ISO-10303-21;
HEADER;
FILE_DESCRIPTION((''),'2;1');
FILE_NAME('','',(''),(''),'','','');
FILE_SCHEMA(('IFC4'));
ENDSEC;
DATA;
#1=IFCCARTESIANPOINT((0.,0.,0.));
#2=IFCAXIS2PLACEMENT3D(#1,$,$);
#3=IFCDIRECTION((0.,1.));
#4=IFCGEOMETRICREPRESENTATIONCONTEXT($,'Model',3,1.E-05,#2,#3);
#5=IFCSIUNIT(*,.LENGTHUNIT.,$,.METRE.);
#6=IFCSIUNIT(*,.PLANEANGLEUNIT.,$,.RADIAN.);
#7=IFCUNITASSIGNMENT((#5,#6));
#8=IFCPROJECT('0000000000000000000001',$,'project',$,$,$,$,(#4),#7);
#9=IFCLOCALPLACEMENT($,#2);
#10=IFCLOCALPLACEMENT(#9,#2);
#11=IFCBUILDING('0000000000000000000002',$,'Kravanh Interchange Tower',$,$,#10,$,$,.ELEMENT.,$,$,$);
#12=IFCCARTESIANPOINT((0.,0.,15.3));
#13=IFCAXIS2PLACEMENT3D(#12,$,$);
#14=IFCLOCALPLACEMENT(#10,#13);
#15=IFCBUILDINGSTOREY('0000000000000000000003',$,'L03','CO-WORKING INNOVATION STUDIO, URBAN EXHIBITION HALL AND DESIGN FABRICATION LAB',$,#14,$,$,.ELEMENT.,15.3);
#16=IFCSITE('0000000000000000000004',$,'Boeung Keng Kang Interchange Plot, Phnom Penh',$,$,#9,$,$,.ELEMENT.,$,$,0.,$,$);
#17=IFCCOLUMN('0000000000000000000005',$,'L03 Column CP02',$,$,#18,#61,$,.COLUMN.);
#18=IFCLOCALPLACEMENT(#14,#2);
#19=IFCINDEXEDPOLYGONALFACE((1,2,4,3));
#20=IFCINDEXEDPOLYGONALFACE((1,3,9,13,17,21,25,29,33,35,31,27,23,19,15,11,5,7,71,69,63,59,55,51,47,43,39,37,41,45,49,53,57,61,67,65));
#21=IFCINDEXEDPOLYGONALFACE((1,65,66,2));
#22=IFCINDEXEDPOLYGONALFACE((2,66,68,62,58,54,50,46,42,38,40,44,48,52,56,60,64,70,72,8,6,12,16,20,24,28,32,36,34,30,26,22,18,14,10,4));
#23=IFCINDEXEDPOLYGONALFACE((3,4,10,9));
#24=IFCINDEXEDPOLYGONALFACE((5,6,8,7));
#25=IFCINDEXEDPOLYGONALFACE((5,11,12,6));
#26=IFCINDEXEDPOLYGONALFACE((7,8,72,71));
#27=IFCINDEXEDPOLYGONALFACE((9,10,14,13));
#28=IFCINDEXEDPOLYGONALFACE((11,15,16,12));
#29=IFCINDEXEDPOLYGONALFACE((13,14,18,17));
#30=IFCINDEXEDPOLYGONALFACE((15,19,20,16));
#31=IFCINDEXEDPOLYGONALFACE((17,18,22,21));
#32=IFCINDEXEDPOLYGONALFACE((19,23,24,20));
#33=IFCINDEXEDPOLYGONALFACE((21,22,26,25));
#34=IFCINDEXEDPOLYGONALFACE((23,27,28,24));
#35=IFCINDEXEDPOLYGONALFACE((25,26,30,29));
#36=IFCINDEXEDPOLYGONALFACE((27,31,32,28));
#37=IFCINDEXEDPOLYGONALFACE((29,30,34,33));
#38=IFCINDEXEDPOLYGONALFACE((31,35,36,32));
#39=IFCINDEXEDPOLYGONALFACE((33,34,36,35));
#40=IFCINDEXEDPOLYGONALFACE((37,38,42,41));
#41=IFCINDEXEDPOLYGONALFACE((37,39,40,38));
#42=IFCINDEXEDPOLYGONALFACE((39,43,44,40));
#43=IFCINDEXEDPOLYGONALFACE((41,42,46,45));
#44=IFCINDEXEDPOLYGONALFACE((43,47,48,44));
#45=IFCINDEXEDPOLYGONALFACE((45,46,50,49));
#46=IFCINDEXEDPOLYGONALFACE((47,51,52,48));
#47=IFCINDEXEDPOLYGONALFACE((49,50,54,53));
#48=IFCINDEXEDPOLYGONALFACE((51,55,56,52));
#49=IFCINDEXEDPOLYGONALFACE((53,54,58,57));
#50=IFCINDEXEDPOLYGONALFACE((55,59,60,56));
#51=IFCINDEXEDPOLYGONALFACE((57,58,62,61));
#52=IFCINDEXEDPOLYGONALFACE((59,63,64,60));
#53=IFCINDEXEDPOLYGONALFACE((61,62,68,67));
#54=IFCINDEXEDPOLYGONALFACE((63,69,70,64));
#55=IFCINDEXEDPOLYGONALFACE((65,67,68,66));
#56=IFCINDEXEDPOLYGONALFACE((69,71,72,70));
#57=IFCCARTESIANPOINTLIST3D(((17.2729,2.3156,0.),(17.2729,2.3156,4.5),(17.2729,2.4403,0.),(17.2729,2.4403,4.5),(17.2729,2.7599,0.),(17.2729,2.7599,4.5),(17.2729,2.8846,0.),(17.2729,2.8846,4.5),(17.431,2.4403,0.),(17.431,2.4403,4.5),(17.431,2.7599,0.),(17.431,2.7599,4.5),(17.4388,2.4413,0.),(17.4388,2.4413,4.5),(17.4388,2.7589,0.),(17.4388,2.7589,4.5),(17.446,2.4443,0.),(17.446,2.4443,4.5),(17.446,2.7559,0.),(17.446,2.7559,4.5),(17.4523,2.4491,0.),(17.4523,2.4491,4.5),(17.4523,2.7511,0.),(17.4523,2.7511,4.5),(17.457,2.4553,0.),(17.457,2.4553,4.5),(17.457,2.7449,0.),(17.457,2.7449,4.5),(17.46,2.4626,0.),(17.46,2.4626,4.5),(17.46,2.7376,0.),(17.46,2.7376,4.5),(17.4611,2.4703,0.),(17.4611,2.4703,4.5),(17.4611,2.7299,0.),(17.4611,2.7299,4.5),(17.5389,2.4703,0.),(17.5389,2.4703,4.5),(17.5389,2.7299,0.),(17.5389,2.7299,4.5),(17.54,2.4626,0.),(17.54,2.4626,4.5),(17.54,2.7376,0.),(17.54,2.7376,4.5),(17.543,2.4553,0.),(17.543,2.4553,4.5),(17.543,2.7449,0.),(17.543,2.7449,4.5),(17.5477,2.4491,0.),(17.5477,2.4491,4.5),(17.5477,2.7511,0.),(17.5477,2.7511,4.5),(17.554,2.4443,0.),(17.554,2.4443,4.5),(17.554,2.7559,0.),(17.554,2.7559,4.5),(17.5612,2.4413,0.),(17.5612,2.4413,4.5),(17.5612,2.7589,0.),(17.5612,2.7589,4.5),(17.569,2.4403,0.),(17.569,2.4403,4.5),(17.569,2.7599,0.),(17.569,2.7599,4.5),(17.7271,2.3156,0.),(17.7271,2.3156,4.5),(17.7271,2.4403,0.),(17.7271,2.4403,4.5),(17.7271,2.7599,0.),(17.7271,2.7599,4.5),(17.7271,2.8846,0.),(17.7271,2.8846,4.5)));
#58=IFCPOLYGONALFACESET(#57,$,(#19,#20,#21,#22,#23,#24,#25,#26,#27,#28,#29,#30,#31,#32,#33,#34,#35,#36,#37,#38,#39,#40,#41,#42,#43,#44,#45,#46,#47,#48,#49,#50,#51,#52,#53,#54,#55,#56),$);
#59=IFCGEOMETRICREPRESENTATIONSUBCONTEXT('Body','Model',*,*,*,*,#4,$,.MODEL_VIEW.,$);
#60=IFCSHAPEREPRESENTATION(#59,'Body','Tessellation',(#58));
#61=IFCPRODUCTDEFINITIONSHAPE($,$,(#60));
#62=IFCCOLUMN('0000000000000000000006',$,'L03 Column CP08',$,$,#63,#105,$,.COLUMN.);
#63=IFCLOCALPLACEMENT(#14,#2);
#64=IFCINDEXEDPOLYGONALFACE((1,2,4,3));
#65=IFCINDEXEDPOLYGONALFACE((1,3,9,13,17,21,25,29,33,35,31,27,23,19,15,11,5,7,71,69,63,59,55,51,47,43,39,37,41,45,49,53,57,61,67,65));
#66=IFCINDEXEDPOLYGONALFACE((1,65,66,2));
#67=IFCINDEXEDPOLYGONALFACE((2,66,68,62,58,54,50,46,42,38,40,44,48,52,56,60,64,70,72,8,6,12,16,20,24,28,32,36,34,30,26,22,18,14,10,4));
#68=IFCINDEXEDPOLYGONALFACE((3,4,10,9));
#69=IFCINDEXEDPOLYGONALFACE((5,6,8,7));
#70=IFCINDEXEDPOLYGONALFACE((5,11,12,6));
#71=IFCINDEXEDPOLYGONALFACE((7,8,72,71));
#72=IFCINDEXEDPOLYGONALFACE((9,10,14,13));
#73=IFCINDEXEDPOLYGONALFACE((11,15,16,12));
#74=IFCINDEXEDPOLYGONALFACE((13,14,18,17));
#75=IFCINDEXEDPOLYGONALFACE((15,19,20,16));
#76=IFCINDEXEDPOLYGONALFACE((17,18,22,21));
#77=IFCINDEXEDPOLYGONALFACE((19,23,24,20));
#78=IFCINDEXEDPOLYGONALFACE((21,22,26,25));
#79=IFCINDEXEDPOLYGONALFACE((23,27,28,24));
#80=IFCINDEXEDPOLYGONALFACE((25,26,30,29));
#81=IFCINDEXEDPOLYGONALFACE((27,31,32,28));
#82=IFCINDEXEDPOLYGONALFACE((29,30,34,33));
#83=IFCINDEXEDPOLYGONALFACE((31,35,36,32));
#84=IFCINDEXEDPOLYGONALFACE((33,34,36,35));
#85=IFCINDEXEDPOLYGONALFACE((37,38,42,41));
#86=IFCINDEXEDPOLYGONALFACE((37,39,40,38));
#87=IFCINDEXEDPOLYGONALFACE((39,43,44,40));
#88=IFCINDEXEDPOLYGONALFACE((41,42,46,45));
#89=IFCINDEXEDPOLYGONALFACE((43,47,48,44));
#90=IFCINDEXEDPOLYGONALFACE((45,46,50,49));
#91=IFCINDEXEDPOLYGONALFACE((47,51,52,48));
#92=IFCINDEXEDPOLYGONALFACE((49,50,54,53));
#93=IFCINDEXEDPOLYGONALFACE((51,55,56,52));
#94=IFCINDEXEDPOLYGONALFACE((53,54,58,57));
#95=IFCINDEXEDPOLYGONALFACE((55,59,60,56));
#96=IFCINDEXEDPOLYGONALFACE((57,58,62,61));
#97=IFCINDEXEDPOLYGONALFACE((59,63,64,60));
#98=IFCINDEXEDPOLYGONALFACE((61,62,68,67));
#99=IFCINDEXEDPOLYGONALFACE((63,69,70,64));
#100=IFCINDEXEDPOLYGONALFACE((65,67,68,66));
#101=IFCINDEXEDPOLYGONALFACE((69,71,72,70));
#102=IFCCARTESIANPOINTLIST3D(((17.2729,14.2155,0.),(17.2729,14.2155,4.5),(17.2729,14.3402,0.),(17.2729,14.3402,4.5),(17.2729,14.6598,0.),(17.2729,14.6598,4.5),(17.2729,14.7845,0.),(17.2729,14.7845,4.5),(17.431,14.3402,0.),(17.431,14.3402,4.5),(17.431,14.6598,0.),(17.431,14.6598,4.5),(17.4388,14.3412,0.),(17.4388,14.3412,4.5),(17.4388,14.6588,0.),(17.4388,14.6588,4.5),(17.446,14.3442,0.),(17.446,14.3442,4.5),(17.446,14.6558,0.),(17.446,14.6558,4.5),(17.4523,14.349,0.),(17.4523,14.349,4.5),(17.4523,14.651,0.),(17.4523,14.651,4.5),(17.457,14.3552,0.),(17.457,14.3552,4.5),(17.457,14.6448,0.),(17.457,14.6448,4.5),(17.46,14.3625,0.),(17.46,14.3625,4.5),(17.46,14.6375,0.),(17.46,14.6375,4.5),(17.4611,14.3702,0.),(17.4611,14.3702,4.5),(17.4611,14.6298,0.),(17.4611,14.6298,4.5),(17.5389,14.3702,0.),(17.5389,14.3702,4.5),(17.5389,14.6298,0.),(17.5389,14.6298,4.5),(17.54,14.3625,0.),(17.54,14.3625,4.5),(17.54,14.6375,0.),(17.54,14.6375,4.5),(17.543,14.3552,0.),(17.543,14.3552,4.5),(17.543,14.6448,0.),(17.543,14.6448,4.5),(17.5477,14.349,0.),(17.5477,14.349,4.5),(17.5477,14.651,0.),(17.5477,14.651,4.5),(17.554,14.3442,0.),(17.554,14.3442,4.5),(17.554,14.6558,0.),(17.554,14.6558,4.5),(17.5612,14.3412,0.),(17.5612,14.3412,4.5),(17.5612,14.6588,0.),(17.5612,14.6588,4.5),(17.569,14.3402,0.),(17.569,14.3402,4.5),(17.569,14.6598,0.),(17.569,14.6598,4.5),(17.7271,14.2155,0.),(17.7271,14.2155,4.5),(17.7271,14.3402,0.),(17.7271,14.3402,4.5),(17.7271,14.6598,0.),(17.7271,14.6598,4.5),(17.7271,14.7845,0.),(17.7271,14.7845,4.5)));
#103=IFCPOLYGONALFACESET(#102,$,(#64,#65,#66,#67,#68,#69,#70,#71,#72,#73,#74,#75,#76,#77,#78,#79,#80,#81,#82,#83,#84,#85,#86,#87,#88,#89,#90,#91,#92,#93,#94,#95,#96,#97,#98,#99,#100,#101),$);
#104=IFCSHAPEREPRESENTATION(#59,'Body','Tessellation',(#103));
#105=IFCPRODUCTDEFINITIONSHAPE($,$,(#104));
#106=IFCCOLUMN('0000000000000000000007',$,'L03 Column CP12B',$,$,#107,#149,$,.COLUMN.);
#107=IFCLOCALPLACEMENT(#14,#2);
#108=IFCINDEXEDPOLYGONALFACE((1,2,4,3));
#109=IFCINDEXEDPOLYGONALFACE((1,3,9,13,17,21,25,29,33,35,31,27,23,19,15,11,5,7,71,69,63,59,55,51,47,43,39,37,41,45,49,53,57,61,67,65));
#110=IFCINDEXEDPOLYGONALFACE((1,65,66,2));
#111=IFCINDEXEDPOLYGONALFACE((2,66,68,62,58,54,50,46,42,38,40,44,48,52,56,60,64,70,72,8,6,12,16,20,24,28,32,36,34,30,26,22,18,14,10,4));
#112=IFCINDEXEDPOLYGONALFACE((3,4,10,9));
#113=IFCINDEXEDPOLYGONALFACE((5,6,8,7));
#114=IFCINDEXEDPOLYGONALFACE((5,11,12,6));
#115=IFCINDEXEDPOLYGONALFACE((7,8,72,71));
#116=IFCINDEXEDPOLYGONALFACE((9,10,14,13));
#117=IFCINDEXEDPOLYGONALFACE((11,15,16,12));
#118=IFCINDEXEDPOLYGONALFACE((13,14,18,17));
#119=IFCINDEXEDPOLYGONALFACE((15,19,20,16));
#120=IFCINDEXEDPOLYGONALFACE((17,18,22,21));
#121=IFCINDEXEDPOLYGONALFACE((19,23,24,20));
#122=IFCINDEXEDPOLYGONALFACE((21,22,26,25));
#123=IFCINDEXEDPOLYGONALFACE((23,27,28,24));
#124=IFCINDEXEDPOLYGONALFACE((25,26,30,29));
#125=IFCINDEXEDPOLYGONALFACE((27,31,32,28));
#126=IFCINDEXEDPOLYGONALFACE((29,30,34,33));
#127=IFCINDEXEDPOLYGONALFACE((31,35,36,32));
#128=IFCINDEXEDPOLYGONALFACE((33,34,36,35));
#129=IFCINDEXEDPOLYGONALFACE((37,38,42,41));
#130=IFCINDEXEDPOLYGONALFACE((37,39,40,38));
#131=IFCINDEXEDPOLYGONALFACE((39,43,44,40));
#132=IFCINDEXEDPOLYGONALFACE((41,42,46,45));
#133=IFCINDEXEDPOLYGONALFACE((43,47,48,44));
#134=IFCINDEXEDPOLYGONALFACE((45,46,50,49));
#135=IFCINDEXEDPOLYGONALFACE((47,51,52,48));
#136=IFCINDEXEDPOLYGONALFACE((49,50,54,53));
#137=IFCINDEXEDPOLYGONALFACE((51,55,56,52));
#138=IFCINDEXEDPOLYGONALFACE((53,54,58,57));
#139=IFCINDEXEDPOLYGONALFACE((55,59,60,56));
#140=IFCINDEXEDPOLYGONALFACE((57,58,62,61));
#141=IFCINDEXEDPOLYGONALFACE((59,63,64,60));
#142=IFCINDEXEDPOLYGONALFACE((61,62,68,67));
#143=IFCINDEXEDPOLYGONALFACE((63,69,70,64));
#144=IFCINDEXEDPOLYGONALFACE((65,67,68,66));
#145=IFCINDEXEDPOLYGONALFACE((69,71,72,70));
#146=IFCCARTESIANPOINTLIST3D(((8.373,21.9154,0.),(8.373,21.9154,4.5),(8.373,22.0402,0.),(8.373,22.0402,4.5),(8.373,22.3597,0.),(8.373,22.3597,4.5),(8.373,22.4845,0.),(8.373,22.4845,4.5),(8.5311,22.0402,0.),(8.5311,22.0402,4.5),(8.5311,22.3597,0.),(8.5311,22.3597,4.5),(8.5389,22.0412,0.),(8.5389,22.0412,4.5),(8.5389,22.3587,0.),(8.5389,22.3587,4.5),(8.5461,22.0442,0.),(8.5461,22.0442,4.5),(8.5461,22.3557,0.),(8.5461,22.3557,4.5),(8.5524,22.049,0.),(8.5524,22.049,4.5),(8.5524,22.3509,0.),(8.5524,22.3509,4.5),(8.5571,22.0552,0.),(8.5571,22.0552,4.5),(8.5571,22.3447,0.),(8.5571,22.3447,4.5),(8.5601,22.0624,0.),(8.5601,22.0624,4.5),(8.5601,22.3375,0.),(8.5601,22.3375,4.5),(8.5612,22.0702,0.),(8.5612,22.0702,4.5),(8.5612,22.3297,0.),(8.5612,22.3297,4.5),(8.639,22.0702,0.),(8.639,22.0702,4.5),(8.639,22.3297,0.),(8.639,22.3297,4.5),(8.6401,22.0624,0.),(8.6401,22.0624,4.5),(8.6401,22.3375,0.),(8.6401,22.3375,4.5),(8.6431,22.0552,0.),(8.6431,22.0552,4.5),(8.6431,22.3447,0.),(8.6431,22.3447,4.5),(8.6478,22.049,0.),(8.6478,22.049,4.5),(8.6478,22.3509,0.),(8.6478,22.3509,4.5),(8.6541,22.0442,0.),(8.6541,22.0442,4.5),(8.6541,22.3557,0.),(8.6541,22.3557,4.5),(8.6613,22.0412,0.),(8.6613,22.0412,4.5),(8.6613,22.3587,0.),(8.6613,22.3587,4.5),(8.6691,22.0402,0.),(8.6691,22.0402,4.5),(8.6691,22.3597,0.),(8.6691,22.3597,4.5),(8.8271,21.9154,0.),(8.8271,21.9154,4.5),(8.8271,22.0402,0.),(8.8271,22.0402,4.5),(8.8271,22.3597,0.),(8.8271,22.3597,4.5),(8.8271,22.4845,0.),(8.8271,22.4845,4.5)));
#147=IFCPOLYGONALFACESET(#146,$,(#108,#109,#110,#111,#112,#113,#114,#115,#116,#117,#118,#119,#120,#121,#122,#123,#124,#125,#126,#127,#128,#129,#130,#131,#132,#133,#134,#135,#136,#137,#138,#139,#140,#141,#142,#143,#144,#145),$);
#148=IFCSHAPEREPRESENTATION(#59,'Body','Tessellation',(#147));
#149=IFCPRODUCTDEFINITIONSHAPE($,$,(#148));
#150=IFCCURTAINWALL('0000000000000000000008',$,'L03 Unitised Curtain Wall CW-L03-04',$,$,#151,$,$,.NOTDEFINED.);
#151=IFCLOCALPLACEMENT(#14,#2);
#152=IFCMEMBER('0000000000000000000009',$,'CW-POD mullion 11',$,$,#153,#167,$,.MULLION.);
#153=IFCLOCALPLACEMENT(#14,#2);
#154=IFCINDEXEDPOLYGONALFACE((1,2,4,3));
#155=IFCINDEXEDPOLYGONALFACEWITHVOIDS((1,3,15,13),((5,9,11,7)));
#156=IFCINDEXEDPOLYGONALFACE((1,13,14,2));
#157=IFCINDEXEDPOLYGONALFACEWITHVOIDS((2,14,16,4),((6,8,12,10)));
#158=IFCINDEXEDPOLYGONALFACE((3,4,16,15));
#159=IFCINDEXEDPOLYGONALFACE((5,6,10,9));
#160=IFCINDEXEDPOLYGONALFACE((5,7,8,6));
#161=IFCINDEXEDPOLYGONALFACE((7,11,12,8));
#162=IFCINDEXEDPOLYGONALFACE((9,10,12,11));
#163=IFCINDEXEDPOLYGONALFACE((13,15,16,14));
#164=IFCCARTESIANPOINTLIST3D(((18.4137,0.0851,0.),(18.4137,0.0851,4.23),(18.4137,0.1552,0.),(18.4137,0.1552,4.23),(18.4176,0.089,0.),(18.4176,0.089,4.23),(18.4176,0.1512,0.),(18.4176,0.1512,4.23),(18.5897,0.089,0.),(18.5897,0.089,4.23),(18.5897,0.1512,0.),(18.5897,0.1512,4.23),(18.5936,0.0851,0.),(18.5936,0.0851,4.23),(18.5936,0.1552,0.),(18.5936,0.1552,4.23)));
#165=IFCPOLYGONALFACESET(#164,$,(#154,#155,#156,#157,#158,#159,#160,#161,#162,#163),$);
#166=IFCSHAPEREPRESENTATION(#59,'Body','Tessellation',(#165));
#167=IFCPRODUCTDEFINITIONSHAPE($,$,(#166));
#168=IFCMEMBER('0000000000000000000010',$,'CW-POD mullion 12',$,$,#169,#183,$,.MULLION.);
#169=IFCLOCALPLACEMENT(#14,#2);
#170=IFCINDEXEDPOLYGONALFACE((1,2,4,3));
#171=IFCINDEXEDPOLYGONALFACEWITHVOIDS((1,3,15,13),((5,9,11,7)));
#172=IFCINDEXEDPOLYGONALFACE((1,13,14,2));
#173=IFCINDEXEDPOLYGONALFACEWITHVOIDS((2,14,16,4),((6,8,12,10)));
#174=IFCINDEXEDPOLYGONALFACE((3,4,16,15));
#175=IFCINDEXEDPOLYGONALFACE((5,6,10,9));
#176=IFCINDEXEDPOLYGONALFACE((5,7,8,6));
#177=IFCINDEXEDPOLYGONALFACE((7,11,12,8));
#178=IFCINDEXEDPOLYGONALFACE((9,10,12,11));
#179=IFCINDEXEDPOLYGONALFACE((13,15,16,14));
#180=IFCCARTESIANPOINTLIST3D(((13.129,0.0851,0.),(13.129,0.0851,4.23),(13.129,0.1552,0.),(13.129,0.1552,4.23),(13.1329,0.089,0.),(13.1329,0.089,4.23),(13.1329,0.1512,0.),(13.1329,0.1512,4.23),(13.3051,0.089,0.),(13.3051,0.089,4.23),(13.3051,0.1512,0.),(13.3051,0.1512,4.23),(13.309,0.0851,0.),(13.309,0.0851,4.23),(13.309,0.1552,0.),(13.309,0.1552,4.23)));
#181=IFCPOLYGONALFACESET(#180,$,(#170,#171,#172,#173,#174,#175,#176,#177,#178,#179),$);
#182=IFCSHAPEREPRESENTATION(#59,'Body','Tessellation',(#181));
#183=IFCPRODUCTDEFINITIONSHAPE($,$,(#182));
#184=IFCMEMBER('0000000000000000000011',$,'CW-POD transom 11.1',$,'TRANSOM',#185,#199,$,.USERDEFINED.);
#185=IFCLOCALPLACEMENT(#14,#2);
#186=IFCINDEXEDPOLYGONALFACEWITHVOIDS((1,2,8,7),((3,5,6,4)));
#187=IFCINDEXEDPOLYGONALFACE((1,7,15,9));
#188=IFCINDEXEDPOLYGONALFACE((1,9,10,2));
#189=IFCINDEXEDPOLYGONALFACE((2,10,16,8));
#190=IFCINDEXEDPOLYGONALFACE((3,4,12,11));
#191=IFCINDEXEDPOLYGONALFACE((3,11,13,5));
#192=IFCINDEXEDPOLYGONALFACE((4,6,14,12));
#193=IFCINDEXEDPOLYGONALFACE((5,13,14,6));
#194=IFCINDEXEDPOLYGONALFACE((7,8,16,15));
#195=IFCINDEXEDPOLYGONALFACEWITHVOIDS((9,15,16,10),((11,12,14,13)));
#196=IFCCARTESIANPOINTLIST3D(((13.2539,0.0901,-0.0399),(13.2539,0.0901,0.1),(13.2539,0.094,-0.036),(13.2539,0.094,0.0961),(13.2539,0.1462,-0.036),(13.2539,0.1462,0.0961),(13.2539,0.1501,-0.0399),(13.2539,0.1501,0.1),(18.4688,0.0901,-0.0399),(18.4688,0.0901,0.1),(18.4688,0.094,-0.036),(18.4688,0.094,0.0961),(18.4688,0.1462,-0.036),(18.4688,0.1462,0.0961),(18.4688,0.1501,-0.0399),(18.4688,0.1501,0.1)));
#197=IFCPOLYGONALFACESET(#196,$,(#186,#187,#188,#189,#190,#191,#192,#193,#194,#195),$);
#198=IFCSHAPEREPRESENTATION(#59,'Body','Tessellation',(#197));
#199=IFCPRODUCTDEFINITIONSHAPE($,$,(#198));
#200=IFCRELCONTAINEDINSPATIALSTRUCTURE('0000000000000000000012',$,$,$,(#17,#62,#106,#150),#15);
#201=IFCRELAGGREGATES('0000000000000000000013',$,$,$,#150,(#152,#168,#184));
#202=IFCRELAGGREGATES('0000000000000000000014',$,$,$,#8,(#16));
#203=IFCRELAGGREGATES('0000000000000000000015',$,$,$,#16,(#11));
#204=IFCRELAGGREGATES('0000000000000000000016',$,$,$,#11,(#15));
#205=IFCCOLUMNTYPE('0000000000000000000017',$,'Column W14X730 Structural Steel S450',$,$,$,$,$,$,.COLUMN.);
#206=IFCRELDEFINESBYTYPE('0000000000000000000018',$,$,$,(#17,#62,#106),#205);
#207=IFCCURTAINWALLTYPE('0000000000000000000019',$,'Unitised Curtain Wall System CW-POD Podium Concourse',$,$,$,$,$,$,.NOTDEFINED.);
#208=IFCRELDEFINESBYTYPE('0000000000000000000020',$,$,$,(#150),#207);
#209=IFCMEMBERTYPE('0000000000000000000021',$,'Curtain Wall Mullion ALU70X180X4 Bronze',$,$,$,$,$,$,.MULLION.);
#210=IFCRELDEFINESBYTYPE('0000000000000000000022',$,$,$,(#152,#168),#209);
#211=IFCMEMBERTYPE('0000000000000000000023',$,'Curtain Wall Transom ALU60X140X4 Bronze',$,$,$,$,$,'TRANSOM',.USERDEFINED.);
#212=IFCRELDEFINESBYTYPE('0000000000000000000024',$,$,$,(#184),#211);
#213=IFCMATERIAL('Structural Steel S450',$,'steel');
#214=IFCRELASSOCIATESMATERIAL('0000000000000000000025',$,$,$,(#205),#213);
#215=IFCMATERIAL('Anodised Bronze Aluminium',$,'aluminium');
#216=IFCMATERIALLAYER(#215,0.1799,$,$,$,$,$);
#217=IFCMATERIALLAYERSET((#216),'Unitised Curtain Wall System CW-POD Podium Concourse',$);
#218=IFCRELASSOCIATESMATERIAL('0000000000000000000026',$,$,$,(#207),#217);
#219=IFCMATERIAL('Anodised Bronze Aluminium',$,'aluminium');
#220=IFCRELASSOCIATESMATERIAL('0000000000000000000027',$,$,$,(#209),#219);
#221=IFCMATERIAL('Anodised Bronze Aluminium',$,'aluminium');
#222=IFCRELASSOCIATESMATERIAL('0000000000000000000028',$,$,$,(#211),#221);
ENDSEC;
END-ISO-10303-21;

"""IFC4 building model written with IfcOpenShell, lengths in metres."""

from ifc_helpers import new_model, si_unit, direction, frame, origin, origin_2d, place, context, subcontext, project, spatial, hollow_rectangle, i_section, extrude, material, layer, layer_set, material_profile, profile_set, type_object, element, aggregate, save


model = new_model("IFC4")

# Units and contexts
model_context = context("Model", 3, precision=1e-05, world=origin(), true_north=direction((0.0, 1.0)))
body_context = subcontext(model_context, "Body", "Model", "MODEL_VIEW")
ifc_project = project(units=[si_unit("LENGTHUNIT", "METRE"), si_unit("PLANEANGLEUNIT", "RADIAN")], contexts=[model_context])

# Site, building, storey
site_placement = place(None, origin())
site = spatial("IfcSite", under=ifc_project, at=site_placement, Name="Boeung Keng Kang Interchange Plot, Phnom Penh", CompositionType="ELEMENT", RefElevation=0.0)
building_placement = place(site_placement, origin())
building = spatial("IfcBuilding", under=site, at=building_placement, Name="Kravanh Interchange Tower", CompositionType="ELEMENT")
storey_placement = place(building_placement, frame((0.0, 0.0, 15.3)))
storey = spatial("IfcBuildingStorey", under=building, at=storey_placement, Name="L03", Description="CO-WORKING INNOVATION STUDIO, URBAN EXHIBITION HALL AND DESIGN FABRICATION LAB", CompositionType="ELEMENT", Elevation=15.3)

# Columns
ifc_material_1 = material(Name="Structural Steel S450", Category="steel")
ifc_material_profile_1 = material_profile(ifc_material_1, i_section(OverallWidth=0.4541, OverallDepth=0.5691, WebThickness=0.0779, FlangeThickness=0.1248, FilletRadius=0.03, at=origin_2d()), Name="W14X730")
ifc_profile_set_1 = profile_set([ifc_material_profile_1], Name="Structural Steel S450")
column_type = type_object("IfcColumnType", Name="Column W14X730 Structural Steel S450", PredefinedType="COLUMN", material=ifc_profile_set_1)
for number, where, z_axis, x_axis, name in (
    (1, (17.5, 2.6001, 0.0), (0.0, 0.0, 1.0), (1.0, 0.0, 0.0), "L03 Column CP02"),
    (2, (17.5, 14.5, 0.0), (0.0, 0.0, 1.0), (1.0, 0.0, 0.0), "L03 Column CP08"),
    (3, (8.6001, 22.2, 0.0), (0.0, 0.0, 1.0), (1.0, 0.0, 0.0), "L03 Column CP12B"),
):
    element("IfcColumn", number, at=place(storey_placement, frame(where, z_axis=z_axis, x_axis=x_axis)), inside=storey, type_object=column_type, Name=name, PredefinedType="COLUMN", context=body_context, shape_type="SweptSolid", body=[
        extrude(i_section(OverallWidth=0.4541, OverallDepth=0.5691, WebThickness=0.0779, FlangeThickness=0.1248, FilletRadius=0.03, at=origin_2d()), origin(), (0.0, 0.0, 1.0), 4.5),
    ])

# Curtain wall, members
ifc_material_2 = material(Name="Anodised Bronze Aluminium", Category="aluminium")
ifc_layer_1 = layer(ifc_material_2, 0.1799)
ifc_layer_set_1 = layer_set([ifc_layer_1], Name="Unitised Curtain Wall System CW-POD Podium Concourse")
curtain_wall_type = type_object("IfcCurtainWallType", Name="Unitised Curtain Wall System CW-POD Podium Concourse", PredefinedType="NOTDEFINED", material=ifc_layer_set_1)
curtain_wall_placement = place(storey_placement, origin())
curtain_wall = element("IfcCurtainWall", 4, at=curtain_wall_placement, inside=storey, type_object=curtain_wall_type, Name="L03 Unitised Curtain Wall CW-L03-04", PredefinedType="NOTDEFINED")
ifc_material_3 = material(Name="Anodised Bronze Aluminium", Category="aluminium")
ifc_material_profile_2 = material_profile(ifc_material_3, hollow_rectangle(XDim=0.0701, YDim=0.1799, WallThickness=0.0039, at=origin_2d()), Name="ALU70X180X4")
ifc_profile_set_2 = profile_set([ifc_material_profile_2], Name="Anodised Bronze Aluminium")
member_type_1 = type_object("IfcMemberType", Name="Curtain Wall Mullion ALU70X180X4 Bronze", PredefinedType="MULLION", material=ifc_profile_set_2)
member_1_placement = place(storey_placement, frame((18.5037, 0.1201, 0.0), z_axis=(0.0, 0.0, 1.0), x_axis=(0.0, -1.0, 0.0)))
member_1 = element("IfcMember", 5, at=member_1_placement, type_object=member_type_1, Name="CW-POD mullion 11", PredefinedType="MULLION", context=body_context, shape_type="SweptSolid", body=[
    extrude(hollow_rectangle(XDim=0.0701, YDim=0.1799, WallThickness=0.0039, at=origin_2d()), origin(), (0.0, 0.0, 1.0), 4.23),
])
member_2_placement = place(storey_placement, frame((13.219, 0.1201, 0.0), z_axis=(0.0, 0.0, 1.0), x_axis=(0.0, -1.0, 0.0)))
member_2 = element("IfcMember", 6, at=member_2_placement, type_object=member_type_1, Name="CW-POD mullion 12", PredefinedType="MULLION", context=body_context, shape_type="SweptSolid", body=[
    extrude(hollow_rectangle(XDim=0.0701, YDim=0.1799, WallThickness=0.0039, at=origin_2d()), origin(), (0.0, 0.0, 1.0), 4.23),
])
ifc_material_4 = material(Name="Anodised Bronze Aluminium", Category="aluminium")
ifc_material_profile_3 = material_profile(ifc_material_4, hollow_rectangle(XDim=0.0601, YDim=0.1399, WallThickness=0.0039, at=origin_2d()), Name="ALU60X140X4")
ifc_profile_set_3 = profile_set([ifc_material_profile_3], Name="Anodised Bronze Aluminium")
member_type_2 = type_object("IfcMemberType", Name="Curtain Wall Transom ALU60X140X4 Bronze", ElementType="TRANSOM", PredefinedType="USERDEFINED", material=ifc_profile_set_3)
member_3_placement = place(storey_placement, frame((18.4688, 0.1201, 0.03), z_axis=(-1.0, 0.0, 0.0), x_axis=(0.0, -1.0, 0.0)))
member_3 = element("IfcMember", 7, at=member_3_placement, type_object=member_type_2, Name="CW-POD transom 11.1", ObjectType="TRANSOM", PredefinedType="USERDEFINED", context=body_context, shape_type="SweptSolid", body=[
    extrude(hollow_rectangle(XDim=0.0601, YDim=0.1399, WallThickness=0.0039, at=origin_2d()), origin(), (0.0, 0.0, 1.0), 5.2148),
])

aggregate(curtain_wall, [member_1, member_2, member_3])

save(model, "model.ifc")
